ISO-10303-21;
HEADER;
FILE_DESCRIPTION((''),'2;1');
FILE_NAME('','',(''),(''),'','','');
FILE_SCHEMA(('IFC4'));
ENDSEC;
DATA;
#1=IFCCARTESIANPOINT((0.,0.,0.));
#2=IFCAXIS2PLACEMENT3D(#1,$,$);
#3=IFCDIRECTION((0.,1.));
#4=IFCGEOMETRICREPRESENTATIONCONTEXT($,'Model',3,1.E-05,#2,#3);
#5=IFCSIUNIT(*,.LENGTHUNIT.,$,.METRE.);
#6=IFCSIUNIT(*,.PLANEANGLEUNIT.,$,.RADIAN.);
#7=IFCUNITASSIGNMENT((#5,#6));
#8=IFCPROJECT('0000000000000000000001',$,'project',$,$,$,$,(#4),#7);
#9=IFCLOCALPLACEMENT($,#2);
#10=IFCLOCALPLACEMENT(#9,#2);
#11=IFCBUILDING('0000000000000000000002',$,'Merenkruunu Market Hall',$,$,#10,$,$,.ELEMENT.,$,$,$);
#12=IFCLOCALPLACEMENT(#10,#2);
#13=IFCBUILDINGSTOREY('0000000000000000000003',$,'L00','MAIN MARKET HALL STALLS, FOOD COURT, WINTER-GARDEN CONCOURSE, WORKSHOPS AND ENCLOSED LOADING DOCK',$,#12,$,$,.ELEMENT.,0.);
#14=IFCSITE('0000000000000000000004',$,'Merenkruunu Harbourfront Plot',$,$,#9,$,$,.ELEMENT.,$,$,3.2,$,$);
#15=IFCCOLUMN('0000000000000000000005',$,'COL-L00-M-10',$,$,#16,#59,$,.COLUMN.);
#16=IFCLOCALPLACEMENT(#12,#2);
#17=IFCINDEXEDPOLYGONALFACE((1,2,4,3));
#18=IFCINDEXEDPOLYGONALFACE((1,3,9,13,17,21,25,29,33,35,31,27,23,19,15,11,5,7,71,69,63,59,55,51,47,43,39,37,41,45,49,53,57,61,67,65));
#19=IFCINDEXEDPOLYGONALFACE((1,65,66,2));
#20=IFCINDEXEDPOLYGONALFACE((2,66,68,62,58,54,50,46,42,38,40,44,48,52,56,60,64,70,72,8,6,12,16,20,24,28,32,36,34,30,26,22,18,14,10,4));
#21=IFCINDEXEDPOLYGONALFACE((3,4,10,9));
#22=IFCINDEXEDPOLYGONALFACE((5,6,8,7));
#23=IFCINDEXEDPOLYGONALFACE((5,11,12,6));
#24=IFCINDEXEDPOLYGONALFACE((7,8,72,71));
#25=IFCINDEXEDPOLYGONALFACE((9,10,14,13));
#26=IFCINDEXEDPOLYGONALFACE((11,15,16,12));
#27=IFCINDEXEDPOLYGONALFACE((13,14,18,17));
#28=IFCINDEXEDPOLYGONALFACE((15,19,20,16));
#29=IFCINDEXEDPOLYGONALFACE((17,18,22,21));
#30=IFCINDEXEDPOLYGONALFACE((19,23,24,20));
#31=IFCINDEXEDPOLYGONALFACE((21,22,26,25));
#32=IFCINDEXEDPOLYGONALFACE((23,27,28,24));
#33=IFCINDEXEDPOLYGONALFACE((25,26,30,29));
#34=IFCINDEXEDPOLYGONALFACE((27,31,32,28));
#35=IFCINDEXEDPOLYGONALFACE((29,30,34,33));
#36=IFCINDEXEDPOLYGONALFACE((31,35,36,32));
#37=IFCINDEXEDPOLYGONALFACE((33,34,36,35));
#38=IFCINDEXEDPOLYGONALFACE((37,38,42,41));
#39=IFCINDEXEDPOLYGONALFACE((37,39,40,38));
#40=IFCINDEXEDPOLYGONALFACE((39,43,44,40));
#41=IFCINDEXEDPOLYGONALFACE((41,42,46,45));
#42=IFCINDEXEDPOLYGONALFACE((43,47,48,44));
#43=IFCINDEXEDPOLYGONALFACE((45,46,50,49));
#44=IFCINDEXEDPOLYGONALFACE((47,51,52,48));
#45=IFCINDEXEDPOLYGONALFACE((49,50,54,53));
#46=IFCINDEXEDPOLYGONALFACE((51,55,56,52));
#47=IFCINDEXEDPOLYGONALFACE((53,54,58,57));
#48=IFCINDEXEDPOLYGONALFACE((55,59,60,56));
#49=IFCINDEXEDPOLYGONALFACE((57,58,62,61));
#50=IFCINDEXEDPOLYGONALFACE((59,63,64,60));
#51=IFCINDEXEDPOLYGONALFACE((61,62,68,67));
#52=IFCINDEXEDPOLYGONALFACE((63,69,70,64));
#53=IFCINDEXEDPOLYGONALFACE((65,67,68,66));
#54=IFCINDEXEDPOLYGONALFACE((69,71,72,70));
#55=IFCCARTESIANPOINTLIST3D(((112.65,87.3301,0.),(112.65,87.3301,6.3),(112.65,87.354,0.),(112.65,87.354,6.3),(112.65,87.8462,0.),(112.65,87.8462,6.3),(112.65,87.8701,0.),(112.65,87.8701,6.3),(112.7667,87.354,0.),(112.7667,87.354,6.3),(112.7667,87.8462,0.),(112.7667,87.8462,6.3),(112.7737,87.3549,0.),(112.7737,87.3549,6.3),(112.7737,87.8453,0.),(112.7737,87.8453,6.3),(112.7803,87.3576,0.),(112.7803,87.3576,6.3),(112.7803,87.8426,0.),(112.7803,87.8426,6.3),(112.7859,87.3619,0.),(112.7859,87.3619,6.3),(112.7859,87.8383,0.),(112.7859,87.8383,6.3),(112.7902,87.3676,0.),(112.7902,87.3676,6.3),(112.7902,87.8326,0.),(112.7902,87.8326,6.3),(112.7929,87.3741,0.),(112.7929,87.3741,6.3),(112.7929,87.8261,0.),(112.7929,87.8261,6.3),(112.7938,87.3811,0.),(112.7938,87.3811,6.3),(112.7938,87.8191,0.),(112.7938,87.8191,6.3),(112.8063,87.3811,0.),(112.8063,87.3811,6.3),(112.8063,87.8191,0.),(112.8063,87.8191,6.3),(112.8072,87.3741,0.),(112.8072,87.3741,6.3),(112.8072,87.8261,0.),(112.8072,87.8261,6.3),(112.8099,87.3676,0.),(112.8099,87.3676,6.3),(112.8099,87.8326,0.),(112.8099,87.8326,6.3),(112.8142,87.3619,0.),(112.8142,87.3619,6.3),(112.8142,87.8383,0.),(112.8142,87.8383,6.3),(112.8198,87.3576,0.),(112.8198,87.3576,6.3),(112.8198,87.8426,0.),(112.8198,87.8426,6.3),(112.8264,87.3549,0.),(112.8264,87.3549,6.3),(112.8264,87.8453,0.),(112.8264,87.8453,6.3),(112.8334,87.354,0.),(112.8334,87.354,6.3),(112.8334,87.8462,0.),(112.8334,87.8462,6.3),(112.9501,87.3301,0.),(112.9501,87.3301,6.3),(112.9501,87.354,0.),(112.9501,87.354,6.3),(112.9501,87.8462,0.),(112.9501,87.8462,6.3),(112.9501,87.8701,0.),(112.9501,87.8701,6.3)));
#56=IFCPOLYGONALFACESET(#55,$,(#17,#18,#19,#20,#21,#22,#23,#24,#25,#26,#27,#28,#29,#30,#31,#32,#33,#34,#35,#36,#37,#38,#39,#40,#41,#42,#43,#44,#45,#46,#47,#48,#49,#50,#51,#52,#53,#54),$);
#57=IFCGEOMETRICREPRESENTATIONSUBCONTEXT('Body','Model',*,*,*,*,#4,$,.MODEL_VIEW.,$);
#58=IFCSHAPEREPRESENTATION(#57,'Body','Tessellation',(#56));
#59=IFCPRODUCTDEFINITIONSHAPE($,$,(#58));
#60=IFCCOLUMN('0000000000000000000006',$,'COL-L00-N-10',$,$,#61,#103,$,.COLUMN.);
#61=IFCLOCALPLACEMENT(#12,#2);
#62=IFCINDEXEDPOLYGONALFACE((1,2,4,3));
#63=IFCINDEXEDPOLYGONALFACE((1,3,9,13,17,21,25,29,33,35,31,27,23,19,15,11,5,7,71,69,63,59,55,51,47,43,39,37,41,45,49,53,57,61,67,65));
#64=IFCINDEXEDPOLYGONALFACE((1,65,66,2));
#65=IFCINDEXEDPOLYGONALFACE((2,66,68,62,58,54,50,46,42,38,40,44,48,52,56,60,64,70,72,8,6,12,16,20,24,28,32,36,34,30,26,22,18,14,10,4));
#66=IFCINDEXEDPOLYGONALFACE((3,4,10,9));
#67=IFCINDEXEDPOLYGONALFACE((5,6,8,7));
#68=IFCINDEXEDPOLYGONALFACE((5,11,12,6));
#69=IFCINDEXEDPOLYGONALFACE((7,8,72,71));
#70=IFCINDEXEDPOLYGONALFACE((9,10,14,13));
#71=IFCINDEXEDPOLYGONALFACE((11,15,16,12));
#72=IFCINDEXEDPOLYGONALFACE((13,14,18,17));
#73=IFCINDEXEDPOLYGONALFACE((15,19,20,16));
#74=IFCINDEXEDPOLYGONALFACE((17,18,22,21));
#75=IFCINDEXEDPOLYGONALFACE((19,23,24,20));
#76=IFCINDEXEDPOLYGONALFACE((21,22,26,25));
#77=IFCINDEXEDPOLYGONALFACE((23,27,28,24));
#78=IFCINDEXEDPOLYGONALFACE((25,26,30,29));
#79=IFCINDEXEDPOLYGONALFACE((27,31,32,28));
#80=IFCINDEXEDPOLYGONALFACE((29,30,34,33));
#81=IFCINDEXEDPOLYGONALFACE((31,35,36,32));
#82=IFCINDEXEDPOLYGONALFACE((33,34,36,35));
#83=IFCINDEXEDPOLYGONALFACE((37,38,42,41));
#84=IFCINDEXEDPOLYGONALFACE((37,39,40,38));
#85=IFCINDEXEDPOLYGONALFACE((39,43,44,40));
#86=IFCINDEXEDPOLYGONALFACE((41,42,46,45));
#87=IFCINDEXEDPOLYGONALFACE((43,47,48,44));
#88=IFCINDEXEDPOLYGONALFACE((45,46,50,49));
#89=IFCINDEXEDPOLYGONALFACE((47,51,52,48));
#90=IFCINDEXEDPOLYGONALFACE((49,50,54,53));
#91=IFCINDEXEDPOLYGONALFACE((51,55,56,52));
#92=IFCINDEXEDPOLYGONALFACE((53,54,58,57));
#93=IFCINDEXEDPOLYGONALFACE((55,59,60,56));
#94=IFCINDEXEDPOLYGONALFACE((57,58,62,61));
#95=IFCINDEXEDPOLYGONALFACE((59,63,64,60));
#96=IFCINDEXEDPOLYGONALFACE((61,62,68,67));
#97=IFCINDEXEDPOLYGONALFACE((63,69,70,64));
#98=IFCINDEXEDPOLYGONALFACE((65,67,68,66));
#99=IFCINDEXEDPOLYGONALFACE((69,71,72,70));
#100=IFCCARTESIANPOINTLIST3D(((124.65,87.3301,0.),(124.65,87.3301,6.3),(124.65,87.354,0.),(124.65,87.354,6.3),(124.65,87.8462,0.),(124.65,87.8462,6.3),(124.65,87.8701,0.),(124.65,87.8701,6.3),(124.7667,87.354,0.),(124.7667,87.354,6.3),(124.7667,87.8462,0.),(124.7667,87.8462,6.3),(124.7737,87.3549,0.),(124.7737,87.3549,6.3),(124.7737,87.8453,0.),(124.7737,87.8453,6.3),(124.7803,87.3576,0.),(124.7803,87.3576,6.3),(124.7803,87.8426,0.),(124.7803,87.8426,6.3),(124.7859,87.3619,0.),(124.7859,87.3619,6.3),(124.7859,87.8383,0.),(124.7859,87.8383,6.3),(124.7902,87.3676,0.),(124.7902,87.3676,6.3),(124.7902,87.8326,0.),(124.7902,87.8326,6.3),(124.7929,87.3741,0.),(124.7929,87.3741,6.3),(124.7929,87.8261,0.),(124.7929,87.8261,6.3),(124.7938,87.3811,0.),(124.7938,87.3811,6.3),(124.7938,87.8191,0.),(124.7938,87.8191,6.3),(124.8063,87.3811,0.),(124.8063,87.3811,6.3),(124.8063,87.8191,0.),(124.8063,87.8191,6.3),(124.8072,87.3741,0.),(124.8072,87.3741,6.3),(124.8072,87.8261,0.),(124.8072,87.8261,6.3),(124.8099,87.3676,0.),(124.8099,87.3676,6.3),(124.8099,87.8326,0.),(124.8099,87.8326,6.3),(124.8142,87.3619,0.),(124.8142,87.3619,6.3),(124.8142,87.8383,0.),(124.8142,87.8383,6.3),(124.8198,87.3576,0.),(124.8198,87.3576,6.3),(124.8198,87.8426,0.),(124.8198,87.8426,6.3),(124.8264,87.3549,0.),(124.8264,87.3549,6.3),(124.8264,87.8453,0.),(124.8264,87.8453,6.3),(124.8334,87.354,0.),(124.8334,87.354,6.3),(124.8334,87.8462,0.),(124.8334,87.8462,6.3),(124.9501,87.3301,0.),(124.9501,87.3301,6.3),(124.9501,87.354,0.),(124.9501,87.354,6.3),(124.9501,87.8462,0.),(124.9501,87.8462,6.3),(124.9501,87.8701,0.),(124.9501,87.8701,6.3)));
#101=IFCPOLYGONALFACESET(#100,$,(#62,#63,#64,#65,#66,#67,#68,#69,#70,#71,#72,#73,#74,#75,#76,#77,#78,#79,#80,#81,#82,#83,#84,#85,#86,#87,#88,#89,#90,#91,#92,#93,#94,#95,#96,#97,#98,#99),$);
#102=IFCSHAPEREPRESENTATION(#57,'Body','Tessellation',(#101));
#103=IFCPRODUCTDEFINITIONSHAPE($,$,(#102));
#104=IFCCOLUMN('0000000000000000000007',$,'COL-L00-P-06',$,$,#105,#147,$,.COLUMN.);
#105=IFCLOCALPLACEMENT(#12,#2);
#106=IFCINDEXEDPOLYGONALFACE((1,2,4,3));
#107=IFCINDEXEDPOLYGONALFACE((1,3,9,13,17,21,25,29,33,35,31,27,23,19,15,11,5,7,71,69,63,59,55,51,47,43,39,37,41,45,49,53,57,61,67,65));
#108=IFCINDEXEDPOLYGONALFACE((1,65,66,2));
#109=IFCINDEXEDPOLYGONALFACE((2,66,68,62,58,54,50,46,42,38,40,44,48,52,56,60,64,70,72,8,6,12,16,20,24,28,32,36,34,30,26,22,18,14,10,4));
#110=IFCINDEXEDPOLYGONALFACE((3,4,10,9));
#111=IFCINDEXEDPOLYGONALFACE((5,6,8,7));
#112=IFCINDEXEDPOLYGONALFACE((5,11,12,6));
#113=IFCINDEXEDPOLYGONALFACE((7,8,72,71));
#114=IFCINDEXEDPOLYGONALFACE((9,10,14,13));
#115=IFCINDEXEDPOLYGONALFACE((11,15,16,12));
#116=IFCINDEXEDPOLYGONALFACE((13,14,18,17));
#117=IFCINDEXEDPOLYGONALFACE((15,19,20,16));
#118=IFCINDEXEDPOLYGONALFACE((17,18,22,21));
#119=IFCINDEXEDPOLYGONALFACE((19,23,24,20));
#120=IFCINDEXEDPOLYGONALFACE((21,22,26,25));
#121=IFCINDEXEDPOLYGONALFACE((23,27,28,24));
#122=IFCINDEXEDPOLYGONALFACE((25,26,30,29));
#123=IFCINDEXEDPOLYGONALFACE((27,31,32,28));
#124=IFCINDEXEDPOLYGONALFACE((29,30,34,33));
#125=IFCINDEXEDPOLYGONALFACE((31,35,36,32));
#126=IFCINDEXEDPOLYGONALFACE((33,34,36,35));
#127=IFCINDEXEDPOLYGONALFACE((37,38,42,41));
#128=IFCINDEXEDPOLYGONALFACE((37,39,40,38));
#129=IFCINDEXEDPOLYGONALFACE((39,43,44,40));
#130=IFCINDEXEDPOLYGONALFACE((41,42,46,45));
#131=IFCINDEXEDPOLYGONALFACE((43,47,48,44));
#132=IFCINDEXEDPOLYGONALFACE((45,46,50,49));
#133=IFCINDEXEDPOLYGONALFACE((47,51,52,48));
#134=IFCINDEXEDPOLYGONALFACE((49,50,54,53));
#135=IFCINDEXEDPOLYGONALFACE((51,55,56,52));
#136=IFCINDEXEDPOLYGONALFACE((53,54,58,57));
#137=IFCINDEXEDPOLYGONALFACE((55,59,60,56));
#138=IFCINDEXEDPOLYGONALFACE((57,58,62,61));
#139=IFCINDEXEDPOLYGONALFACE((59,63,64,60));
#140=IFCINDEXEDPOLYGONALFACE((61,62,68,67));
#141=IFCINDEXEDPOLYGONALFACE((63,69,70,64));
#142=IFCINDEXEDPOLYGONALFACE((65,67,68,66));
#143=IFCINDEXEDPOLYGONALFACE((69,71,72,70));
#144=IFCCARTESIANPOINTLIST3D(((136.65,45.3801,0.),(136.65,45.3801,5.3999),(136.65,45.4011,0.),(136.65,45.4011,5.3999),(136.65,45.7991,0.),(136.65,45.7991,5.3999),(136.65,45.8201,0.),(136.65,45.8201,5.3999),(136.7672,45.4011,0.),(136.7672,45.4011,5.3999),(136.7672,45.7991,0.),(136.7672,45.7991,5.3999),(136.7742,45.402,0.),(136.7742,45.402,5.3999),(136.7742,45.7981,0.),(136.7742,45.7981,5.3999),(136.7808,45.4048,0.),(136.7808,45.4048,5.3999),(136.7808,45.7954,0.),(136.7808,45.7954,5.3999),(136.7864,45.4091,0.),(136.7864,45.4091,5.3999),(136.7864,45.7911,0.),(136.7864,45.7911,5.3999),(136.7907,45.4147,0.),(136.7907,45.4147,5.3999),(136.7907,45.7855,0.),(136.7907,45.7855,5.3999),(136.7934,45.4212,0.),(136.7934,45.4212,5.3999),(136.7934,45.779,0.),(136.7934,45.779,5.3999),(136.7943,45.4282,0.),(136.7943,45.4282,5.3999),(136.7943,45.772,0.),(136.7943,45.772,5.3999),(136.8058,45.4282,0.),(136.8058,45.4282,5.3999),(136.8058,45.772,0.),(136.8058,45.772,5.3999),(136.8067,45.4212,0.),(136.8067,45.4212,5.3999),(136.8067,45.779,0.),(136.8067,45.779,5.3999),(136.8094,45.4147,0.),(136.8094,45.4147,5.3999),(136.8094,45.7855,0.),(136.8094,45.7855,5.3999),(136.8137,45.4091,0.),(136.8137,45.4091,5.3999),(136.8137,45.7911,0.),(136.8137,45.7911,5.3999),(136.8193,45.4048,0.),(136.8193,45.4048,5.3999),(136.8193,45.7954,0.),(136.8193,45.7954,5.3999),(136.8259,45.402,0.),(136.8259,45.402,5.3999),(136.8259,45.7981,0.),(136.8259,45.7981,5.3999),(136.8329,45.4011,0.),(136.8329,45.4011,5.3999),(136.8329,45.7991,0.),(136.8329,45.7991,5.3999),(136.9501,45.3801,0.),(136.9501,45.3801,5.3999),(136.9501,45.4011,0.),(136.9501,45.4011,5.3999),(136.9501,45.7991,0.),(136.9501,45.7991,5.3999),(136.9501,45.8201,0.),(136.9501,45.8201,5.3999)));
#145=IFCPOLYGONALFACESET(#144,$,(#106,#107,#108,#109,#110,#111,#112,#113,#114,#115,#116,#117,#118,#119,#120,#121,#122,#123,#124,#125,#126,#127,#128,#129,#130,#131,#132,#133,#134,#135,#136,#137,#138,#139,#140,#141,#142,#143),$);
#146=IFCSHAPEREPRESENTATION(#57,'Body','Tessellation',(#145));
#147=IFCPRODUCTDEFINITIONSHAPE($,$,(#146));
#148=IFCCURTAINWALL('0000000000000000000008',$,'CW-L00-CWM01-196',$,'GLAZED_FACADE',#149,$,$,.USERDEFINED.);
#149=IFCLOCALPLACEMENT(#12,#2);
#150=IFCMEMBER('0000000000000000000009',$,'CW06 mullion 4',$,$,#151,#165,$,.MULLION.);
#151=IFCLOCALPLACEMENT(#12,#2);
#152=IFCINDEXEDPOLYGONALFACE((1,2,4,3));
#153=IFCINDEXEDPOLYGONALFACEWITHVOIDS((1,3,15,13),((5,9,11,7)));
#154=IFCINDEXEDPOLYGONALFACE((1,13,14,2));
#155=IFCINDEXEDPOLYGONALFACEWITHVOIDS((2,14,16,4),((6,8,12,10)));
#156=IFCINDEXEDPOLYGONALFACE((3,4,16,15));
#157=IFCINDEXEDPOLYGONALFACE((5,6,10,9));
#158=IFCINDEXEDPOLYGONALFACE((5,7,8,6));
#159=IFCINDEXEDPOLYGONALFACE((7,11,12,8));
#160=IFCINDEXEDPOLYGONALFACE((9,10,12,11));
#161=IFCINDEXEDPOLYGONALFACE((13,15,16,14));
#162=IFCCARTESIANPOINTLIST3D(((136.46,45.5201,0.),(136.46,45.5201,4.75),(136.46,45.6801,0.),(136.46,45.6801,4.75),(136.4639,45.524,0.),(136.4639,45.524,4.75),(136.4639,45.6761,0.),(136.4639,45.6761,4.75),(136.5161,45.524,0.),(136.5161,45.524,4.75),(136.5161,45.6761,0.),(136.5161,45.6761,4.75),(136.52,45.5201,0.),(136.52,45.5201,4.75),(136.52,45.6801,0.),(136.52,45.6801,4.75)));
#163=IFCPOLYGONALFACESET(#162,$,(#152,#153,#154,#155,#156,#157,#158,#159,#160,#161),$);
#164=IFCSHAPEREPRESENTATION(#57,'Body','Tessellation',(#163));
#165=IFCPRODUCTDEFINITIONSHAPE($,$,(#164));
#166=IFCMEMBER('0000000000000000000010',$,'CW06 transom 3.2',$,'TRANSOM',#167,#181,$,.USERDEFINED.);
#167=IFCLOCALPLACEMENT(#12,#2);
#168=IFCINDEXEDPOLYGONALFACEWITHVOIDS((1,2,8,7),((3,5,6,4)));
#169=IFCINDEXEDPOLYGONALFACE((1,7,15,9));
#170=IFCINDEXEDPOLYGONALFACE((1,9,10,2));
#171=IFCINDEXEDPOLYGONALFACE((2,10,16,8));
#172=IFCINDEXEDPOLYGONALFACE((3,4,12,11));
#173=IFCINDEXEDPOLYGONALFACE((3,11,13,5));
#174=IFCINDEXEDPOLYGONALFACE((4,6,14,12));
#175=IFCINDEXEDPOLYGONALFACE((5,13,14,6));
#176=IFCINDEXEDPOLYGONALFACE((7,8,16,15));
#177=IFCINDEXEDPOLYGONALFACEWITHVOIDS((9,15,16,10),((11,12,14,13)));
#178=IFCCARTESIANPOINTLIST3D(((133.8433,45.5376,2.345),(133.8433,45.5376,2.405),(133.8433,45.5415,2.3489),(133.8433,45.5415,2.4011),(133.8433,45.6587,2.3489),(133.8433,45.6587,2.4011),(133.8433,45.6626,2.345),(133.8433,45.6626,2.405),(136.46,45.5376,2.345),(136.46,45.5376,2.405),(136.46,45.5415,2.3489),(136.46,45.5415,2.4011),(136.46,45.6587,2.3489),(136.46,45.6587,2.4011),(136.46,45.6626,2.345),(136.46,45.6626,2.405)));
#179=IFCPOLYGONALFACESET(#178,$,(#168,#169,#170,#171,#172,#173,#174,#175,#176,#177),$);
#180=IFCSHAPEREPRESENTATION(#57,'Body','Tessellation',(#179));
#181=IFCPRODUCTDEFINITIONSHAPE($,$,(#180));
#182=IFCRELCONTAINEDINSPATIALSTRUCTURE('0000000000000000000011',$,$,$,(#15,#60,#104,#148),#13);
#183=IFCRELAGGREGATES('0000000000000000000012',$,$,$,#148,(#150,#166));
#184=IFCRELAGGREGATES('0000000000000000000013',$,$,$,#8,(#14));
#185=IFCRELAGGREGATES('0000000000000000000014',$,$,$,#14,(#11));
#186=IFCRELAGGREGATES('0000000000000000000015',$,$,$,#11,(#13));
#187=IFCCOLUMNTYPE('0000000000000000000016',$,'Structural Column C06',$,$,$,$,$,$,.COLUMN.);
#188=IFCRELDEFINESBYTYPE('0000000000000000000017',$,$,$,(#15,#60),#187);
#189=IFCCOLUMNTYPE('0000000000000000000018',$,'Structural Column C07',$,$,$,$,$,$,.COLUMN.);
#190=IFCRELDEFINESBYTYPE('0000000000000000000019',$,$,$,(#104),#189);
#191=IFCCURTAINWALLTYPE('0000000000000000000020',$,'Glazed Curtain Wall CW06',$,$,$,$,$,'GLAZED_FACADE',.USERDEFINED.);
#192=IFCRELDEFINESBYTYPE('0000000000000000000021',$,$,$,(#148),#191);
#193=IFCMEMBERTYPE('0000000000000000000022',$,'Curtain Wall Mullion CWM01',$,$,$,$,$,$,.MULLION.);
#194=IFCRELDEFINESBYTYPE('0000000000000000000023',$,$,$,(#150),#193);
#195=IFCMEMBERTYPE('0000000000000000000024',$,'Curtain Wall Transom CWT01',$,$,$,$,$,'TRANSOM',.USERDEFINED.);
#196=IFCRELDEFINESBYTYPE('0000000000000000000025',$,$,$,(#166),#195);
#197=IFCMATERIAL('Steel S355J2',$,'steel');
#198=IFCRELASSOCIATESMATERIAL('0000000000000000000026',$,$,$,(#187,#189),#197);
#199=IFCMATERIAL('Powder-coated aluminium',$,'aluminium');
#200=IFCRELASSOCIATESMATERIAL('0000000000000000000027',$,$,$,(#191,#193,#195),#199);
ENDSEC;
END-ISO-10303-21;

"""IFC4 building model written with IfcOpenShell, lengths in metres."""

from ifc_helpers import new_model, si_unit, direction, frame, origin, origin_2d, place, context, subcontext, project, spatial, hollow_rectangle, i_section, extrude, material, material_profile, profile_set, type_object, element, aggregate, save


model = new_model("IFC4")

# Units and contexts
model_context = context("Model", 3, precision=1e-05, world=origin(), true_north=direction((0.0, 1.0)))
body_context = subcontext(model_context, "Body", "Model", "MODEL_VIEW")
ifc_project = project(units=[si_unit("LENGTHUNIT", "METRE"), si_unit("PLANEANGLEUNIT", "RADIAN")], contexts=[model_context])

# Site, building, storey
site_placement = place(None, origin())
site = spatial("IfcSite", under=ifc_project, at=site_placement, Name="Merenkruunu Harbourfront Plot", CompositionType="ELEMENT", RefElevation=3.2)
building_placement = place(site_placement, origin())
building = spatial("IfcBuilding", under=site, at=building_placement, Name="Merenkruunu Market Hall", CompositionType="ELEMENT")
storey_placement = place(building_placement, origin())
storey = spatial("IfcBuildingStorey", under=building, at=storey_placement, Name="L00", Description="MAIN MARKET HALL STALLS, FOOD COURT, WINTER-GARDEN CONCOURSE, WORKSHOPS AND ENCLOSED LOADING DOCK", CompositionType="ELEMENT", Elevation=0.0)

# Columns
ifc_material_1 = material(Name="Steel S355J2", Category="steel")
ifc_material_profile_1 = material_profile(ifc_material_1, i_section(OverallWidth=0.3, OverallDepth=0.54, WebThickness=0.0125, FlangeThickness=0.0239, FilletRadius=0.0271, at=origin_2d()), Name="HEA 550")
ifc_profile_set_1 = profile_set([ifc_material_profile_1], Name="Steel S355J2")
column_type_1 = type_object("IfcColumnType", Name="Structural Column C06", PredefinedType="COLUMN", material=ifc_profile_set_1)
for number, where, z_axis, x_axis, name in (
    (1, (112.8, 87.6001, 0.0), (0.0, 0.0, 1.0), (1.0, 0.0, 0.0), "COL-L00-M-10"),
    (2, (124.8, 87.6001, 0.0), (0.0, 0.0, 1.0), (1.0, 0.0, 0.0), "COL-L00-N-10"),
):
    element("IfcColumn", number, at=place(storey_placement, frame(where, z_axis=z_axis, x_axis=x_axis)), inside=storey, type_object=column_type_1, Name=name, PredefinedType="COLUMN", context=body_context, shape_type="SweptSolid", body=[
        extrude(i_section(OverallWidth=0.3, OverallDepth=0.54, WebThickness=0.0125, FlangeThickness=0.0239, FilletRadius=0.0271, at=origin_2d()), origin(), (0.0, 0.0, 1.0), 6.3),
    ])
ifc_material_profile_2 = material_profile(ifc_material_1, i_section(OverallWidth=0.3, OverallDepth=0.4399, WebThickness=0.0115, FlangeThickness=0.021, FilletRadius=0.0271, at=origin_2d()), Name="HEA 450")
ifc_profile_set_2 = profile_set([ifc_material_profile_2], Name="Steel S355J2")
column_type_2 = type_object("IfcColumnType", Name="Structural Column C07", PredefinedType="COLUMN", material=ifc_profile_set_2)
column_placement = place(storey_placement, frame((136.8, 45.6001, 0.0), z_axis=(0.0, 0.0, 1.0), x_axis=(1.0, 0.0, 0.0)))
element("IfcColumn", 3, at=column_placement, inside=storey, type_object=column_type_2, Name="COL-L00-P-06", PredefinedType="COLUMN", context=body_context, shape_type="SweptSolid", body=[
    extrude(i_section(OverallWidth=0.3, OverallDepth=0.4399, WebThickness=0.0115, FlangeThickness=0.021, FilletRadius=0.0271, at=origin_2d()), origin(), (0.0, 0.0, 1.0), 5.3999),
])

# Curtain wall, members
ifc_material_2 = material(Name="Powder-coated aluminium", Category="aluminium")
curtain_wall_type = type_object("IfcCurtainWallType", Name="Glazed Curtain Wall CW06", ElementType="GLAZED_FACADE", PredefinedType="USERDEFINED", material=ifc_material_2)
curtain_wall_placement = place(storey_placement, origin())
curtain_wall = element("IfcCurtainWall", 4, at=curtain_wall_placement, inside=storey, type_object=curtain_wall_type, Name="CW-L00-CWM01-196", ObjectType="GLAZED_FACADE", PredefinedType="USERDEFINED")
ifc_material_profile_3 = material_profile(ifc_material_2, hollow_rectangle(XDim=0.0601, YDim=0.1599, WallThickness=0.0039, at=origin_2d()), Name="ALU 60x160x4")
ifc_profile_set_3 = profile_set([ifc_material_profile_3], Name="Powder-coated aluminium")
member_type_1 = type_object("IfcMemberType", Name="Curtain Wall Mullion CWM01", PredefinedType="MULLION", material=ifc_profile_set_3)
member_1_placement = place(storey_placement, frame((136.49, 45.6001, 0.0), z_axis=(0.0, 0.0, 1.0), x_axis=(1.0, 0.0, 0.0)))
member_1 = element("IfcMember", 5, at=member_1_placement, type_object=member_type_1, Name="CW06 mullion 4", PredefinedType="MULLION", context=body_context, shape_type="SweptSolid", body=[
    extrude(hollow_rectangle(XDim=0.0601, YDim=0.1599, WallThickness=0.0039, at=origin_2d()), origin(), (0.0, 0.0, 1.0), 4.75),
])
ifc_material_profile_4 = material_profile(ifc_material_2, hollow_rectangle(XDim=0.0601, YDim=0.125, WallThickness=0.0039, at=origin_2d()), Name="ALU 60x125x4")
ifc_profile_set_4 = profile_set([ifc_material_profile_4], Name="Powder-coated aluminium")
member_type_2 = type_object("IfcMemberType", Name="Curtain Wall Transom CWT01", ElementType="TRANSOM", PredefinedType="USERDEFINED", material=ifc_profile_set_4)
member_2_placement = place(storey_placement, frame((133.8433, 45.6001, 2.375), z_axis=(1.0, 0.0, 0.0), x_axis=(0.0, 0.0, 1.0)))
member_2 = element("IfcMember", 6, at=member_2_placement, type_object=member_type_2, Name="CW06 transom 3.2", ObjectType="TRANSOM", PredefinedType="USERDEFINED", context=body_context, shape_type="SweptSolid", body=[
    extrude(hollow_rectangle(XDim=0.0601, YDim=0.125, WallThickness=0.0039, at=origin_2d()), origin(), (0.0, 0.0, 1.0), 2.6167),
])

aggregate(curtain_wall, [member_1, member_2])

save(model, "model.ifc")
